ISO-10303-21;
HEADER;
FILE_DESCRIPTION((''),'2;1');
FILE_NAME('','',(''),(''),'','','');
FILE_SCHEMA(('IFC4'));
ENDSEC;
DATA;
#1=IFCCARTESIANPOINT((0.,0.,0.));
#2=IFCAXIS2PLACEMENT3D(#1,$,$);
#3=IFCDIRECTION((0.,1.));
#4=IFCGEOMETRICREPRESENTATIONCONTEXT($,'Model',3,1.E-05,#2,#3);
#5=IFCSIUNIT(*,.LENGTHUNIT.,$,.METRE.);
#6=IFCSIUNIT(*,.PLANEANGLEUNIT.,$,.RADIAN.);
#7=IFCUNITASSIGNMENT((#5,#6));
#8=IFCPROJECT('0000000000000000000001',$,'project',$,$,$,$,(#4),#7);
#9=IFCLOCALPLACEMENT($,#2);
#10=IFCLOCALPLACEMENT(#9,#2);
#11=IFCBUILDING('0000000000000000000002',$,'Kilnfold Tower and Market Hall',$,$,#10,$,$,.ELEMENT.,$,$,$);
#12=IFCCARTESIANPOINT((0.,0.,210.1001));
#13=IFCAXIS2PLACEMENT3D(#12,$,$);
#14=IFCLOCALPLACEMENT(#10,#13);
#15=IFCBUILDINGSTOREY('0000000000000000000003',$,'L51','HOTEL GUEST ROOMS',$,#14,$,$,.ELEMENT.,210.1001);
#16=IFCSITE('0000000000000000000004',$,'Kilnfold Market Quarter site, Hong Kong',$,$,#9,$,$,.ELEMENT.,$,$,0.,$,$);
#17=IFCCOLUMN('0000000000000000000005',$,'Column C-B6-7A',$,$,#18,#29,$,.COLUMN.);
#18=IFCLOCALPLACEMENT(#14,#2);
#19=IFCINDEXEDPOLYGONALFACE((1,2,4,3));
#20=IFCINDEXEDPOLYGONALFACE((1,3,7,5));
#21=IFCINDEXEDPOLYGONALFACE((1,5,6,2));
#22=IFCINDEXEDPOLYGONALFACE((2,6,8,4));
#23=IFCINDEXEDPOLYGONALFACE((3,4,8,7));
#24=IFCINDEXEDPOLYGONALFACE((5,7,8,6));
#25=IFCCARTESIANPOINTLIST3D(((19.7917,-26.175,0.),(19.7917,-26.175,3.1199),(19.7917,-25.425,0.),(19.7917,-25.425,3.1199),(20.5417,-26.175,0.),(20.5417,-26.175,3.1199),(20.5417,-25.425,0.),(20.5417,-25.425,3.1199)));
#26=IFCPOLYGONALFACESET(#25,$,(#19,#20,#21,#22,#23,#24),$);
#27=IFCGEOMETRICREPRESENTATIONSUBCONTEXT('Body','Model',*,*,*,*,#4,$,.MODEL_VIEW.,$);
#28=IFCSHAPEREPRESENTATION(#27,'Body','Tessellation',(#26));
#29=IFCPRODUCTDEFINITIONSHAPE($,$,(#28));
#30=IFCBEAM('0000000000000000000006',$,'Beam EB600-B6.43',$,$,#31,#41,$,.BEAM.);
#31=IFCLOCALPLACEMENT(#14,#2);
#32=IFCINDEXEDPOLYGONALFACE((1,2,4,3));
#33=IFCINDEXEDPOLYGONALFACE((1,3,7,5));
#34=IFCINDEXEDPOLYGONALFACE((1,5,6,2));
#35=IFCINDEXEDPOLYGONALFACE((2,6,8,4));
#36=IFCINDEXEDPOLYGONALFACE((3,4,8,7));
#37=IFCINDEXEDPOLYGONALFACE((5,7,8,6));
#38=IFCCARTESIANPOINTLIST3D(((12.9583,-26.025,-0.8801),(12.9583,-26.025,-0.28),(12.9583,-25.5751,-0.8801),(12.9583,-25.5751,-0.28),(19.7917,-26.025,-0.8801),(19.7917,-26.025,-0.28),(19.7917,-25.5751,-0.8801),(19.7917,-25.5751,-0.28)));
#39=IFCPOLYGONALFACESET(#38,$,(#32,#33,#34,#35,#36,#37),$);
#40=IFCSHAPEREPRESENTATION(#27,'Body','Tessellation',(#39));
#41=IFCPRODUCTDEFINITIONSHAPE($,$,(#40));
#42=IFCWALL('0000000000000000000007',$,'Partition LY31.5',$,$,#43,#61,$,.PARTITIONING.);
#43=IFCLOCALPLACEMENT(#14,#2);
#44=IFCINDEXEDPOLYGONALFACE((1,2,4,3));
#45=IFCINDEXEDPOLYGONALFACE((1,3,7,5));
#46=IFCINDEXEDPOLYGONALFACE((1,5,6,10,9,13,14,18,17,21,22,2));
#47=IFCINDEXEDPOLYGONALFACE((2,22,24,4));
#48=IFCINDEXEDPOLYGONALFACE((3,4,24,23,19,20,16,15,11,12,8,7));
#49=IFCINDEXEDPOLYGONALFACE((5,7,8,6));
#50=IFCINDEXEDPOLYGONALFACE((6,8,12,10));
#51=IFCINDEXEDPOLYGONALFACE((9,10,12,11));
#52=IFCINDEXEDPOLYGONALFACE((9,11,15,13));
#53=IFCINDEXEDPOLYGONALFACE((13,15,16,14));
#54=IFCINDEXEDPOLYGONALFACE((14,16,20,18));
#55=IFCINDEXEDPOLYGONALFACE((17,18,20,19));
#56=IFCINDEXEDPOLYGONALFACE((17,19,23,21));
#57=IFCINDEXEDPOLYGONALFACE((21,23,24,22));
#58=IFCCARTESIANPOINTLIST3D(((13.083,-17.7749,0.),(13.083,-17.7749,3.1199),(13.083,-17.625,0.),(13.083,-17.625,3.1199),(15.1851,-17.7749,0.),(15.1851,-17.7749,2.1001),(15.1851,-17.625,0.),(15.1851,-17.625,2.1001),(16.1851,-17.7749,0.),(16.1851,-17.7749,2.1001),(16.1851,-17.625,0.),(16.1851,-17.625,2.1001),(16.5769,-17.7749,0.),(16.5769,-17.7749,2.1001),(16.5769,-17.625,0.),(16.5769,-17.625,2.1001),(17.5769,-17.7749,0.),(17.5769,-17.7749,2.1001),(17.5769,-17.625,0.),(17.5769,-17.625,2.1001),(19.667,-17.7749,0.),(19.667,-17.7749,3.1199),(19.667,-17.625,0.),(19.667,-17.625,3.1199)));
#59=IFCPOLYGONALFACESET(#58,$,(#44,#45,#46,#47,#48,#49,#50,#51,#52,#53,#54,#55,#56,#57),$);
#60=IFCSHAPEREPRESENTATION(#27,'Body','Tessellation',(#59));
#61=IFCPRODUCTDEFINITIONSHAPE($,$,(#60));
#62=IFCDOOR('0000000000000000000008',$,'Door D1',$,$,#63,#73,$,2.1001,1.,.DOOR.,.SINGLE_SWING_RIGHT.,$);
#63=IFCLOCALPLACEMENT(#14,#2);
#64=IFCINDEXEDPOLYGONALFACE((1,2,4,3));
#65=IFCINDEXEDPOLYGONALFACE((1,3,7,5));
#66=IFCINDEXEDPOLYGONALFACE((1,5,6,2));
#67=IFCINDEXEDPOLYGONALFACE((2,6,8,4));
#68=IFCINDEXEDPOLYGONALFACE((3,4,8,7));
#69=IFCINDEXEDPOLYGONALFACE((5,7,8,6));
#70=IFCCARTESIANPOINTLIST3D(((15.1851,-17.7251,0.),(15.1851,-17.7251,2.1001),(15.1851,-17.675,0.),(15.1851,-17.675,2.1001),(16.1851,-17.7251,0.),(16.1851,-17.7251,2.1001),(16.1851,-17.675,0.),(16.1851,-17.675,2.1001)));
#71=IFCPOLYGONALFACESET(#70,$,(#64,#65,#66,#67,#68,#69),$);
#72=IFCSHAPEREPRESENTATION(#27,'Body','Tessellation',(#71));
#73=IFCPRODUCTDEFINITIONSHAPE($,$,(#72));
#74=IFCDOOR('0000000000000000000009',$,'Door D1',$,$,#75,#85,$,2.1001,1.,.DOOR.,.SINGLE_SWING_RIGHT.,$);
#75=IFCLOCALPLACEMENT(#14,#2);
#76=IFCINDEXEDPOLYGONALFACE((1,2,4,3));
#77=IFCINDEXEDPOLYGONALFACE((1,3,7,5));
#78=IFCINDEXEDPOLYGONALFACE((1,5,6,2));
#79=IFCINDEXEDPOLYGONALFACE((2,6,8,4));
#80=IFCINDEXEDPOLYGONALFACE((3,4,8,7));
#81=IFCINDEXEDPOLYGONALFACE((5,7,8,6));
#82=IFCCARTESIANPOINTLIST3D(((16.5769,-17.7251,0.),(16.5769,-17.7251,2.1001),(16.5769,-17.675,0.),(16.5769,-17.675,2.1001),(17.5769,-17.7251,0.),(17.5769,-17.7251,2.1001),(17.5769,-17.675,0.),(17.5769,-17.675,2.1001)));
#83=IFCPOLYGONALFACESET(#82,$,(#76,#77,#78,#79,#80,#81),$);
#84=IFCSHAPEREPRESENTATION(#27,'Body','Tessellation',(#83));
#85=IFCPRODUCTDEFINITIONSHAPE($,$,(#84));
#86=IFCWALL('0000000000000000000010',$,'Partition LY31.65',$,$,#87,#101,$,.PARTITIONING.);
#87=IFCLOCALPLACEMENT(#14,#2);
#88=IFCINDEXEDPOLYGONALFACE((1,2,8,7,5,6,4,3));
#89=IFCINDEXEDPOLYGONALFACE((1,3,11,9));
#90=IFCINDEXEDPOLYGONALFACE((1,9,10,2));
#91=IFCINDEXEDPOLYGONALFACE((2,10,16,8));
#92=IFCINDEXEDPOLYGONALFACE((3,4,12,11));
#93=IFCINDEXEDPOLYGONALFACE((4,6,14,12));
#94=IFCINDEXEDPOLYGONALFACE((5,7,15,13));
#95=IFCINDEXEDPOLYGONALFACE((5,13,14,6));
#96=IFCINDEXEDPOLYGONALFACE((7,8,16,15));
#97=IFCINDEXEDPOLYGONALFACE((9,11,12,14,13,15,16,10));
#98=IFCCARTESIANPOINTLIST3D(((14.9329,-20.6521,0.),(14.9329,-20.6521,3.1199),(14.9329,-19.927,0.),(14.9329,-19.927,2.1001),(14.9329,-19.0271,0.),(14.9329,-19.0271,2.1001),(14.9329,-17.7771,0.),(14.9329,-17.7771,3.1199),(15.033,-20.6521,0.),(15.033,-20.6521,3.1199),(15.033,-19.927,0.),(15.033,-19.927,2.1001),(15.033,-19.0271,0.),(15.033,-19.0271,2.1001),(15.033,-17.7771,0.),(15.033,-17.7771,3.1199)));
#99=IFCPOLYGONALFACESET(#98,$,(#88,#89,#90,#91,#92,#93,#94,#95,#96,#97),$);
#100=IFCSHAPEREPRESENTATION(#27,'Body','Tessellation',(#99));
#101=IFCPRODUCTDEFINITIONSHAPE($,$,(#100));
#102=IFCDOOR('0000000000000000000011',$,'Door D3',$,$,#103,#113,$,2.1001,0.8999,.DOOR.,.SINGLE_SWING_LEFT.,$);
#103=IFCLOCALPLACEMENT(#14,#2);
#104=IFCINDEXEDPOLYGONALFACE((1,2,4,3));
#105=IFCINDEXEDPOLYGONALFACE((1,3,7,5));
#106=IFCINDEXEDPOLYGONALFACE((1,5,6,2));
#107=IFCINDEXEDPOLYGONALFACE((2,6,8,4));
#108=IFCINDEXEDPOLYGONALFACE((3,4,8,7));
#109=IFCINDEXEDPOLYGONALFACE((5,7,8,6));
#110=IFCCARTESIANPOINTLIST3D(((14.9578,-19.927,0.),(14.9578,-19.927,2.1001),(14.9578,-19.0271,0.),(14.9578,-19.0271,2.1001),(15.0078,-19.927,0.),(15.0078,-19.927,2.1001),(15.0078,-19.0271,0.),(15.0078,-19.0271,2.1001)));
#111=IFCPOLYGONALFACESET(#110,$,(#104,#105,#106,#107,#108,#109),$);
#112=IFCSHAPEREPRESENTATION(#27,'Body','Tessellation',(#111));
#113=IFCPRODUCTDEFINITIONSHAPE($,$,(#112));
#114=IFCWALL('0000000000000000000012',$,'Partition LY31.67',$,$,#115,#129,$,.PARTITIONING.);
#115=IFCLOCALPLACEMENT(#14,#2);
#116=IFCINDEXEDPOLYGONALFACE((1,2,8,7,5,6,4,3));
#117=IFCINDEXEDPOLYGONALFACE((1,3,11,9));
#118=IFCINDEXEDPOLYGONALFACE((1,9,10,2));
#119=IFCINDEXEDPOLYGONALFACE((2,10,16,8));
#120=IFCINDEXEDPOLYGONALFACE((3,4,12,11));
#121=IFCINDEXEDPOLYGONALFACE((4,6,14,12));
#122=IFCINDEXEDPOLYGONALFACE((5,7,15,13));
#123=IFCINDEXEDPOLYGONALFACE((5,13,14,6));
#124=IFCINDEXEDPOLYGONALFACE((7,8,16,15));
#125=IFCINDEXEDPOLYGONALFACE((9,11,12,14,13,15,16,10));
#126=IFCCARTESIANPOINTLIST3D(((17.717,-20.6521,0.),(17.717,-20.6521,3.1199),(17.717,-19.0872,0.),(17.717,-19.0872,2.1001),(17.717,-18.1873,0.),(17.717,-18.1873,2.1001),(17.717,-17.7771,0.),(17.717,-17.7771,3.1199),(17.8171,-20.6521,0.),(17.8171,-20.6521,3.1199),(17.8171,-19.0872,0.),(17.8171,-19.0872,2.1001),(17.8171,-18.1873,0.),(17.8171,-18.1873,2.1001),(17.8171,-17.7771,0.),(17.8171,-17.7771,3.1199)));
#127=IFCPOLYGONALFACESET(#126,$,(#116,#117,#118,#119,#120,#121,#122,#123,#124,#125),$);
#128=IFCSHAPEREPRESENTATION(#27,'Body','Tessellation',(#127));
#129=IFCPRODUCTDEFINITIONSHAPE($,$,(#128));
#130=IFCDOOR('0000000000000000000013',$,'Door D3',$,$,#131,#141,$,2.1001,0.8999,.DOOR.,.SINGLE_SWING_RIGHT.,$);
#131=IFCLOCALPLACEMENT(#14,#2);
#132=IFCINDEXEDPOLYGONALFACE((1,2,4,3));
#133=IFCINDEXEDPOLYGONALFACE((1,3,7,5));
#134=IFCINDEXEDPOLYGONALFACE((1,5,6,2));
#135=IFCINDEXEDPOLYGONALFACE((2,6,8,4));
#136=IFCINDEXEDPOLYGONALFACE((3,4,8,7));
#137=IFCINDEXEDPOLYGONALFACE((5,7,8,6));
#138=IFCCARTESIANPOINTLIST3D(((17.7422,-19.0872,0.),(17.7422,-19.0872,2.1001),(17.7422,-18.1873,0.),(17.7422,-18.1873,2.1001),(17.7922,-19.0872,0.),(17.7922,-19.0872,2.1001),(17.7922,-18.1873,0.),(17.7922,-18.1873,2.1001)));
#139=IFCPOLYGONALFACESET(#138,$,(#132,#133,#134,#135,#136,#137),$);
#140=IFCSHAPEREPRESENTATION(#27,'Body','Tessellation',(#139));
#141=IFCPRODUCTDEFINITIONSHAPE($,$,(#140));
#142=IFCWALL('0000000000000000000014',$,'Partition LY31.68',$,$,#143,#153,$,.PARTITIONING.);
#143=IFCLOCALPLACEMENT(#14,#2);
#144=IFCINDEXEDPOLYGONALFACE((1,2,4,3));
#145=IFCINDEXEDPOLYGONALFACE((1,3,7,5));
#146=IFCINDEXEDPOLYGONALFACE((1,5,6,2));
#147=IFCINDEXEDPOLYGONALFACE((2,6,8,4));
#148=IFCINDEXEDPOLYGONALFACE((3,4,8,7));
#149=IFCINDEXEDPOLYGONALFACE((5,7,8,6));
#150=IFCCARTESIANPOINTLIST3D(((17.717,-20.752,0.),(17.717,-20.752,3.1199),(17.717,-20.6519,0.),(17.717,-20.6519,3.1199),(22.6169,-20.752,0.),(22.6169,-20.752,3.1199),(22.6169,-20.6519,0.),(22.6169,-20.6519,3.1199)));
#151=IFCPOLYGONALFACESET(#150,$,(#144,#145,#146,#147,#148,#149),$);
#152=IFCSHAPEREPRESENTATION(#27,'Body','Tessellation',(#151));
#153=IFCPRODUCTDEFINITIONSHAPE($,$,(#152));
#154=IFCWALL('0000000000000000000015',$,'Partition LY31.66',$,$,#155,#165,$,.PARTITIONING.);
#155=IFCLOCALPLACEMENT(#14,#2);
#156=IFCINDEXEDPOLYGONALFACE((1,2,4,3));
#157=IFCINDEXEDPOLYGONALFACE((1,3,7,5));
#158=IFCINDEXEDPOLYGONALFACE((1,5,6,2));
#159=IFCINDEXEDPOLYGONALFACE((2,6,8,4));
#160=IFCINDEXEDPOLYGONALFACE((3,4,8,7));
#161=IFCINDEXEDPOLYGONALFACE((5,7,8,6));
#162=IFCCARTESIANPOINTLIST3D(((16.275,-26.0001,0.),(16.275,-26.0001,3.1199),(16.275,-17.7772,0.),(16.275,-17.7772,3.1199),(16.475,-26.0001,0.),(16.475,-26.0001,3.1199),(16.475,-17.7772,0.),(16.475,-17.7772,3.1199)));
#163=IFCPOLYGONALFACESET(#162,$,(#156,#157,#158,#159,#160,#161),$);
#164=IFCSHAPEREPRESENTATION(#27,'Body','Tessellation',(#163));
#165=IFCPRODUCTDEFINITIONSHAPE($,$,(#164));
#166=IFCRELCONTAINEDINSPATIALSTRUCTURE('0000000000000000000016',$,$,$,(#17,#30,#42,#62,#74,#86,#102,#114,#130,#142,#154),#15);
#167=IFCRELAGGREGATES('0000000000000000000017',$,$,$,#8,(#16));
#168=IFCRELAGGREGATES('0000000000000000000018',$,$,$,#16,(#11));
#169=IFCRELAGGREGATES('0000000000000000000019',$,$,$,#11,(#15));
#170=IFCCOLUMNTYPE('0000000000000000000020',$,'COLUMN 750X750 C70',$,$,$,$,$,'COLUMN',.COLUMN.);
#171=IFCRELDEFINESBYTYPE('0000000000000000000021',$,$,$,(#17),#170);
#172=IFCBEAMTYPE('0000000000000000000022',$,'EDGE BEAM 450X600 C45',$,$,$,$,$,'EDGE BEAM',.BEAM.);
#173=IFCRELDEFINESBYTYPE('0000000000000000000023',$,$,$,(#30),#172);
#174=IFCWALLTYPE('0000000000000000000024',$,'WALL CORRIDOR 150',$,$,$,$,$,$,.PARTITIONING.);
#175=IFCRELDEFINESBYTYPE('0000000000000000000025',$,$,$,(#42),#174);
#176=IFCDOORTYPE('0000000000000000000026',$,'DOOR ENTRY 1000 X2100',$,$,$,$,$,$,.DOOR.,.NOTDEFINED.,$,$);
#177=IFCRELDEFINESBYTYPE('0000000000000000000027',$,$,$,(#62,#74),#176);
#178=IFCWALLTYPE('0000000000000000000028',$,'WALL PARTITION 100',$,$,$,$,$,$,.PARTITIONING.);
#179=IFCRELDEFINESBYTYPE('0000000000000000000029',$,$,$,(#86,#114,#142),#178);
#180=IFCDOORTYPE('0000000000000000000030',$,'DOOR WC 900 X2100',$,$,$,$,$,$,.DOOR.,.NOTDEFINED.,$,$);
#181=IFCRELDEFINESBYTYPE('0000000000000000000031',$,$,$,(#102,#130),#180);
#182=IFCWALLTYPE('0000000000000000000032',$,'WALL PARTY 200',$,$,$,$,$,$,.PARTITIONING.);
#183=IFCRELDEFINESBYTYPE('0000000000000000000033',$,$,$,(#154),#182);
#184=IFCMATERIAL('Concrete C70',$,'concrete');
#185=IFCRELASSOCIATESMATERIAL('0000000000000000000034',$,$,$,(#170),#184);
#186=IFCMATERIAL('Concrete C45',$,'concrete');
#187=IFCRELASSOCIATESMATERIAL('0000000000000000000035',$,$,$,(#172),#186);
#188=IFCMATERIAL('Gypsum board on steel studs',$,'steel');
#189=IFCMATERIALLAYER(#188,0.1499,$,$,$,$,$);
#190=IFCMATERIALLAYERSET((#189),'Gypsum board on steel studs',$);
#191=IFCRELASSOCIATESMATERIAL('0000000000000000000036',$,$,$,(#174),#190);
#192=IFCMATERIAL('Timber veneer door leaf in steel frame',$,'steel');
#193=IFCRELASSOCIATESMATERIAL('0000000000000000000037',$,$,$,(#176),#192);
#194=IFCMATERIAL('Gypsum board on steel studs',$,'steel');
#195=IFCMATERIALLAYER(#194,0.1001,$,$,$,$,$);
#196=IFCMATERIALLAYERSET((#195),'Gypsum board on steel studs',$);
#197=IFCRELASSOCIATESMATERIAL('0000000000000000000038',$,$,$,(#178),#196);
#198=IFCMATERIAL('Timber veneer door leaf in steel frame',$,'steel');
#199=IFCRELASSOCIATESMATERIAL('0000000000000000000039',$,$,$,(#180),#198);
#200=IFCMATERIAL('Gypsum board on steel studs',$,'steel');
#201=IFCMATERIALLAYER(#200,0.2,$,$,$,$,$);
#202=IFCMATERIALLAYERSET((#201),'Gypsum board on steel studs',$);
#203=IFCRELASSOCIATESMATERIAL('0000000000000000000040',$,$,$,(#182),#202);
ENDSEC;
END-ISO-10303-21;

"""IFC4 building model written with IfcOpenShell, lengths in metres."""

from ifc_helpers import new_model, si_unit, direction, frame, frame_2d, origin, origin_2d, place, context, subcontext, project, spatial, rectangle, extrude, source, transform, mapped, material, layer, layer_set, material_profile, profile_set, type_object, element, fill, save


model = new_model("IFC4")

# Units and contexts
model_context = context("Model", 3, precision=1e-05, world=origin(), true_north=direction((0.0, 1.0)))
body_context = subcontext(model_context, "Body", "Model", "MODEL_VIEW")
ifc_project = project(units=[si_unit("LENGTHUNIT", "METRE"), si_unit("PLANEANGLEUNIT", "RADIAN")], contexts=[model_context])

# Site, building, storey
site_placement = place(None, origin())
site = spatial("IfcSite", under=ifc_project, at=site_placement, Name="Kilnfold Market Quarter site, Hong Kong", CompositionType="ELEMENT", RefElevation=0.0)
building_placement = place(site_placement, origin())
building = spatial("IfcBuilding", under=site, at=building_placement, Name="Kilnfold Tower and Market Hall", CompositionType="ELEMENT")
storey_placement = place(building_placement, frame((0.0, 0.0, 210.1001)))
storey = spatial("IfcBuildingStorey", under=building, at=storey_placement, Name="L51", Description="HOTEL GUEST ROOMS", CompositionType="ELEMENT", Elevation=210.1001)

# Column
ifc_material_1 = material(Name="Concrete C70", Category="concrete")
ifc_material_profile_1 = material_profile(ifc_material_1, rectangle(XDim=0.75, YDim=0.75, at=origin_2d()), Name="RC 750x750")
ifc_profile_set_1 = profile_set([ifc_material_profile_1], Name="Concrete C70")
column_type = type_object("IfcColumnType", Name="COLUMN 750X750 C70", ElementType="COLUMN", PredefinedType="COLUMN", material=ifc_profile_set_1)
shared_shape_1 = source(origin(), body_context, "Body", "SweptSolid", [
    extrude(rectangle(XDim=0.75, YDim=0.75, at=origin_2d()), origin(), (0.0, 0.0, 1.0), 3.1199),
])
column_placement = place(storey_placement, frame((20.1667, -25.8, 0.0), z_axis=(0.0, 0.0, 1.0), x_axis=(1.0, 0.0, 0.0)))
element("IfcColumn", 1, at=column_placement, inside=storey, type_object=column_type, Name="Column C-B6-7A", PredefinedType="COLUMN", context=body_context, shape_type="MappedRepresentation", body=[
    mapped(shared_shape_1, transform((0.0, 0.0, 0.0))),
])

# Beam
ifc_material_2 = material(Name="Concrete C45", Category="concrete")
ifc_material_profile_2 = material_profile(ifc_material_2, rectangle(XDim=0.45, YDim=0.6001, at=origin_2d()), Name="RC 450x600")
ifc_profile_set_2 = profile_set([ifc_material_profile_2], Name="Concrete C45")
beam_type = type_object("IfcBeamType", Name="EDGE BEAM 450X600 C45", ElementType="EDGE BEAM", PredefinedType="BEAM", material=ifc_profile_set_2)
shared_shape_2 = source(origin(), body_context, "Body", "SweptSolid", [
    extrude(rectangle(XDim=0.45, YDim=0.6001, at=origin_2d()), origin(), (0.0, 0.0, 1.0), 6.8335),
])
beam_placement = place(storey_placement, frame((12.9583, -25.8, -0.5801), z_axis=(1.0, 0.0, 0.0), x_axis=(0.0, 1.0, 0.0)))
element("IfcBeam", 2, at=beam_placement, inside=storey, type_object=beam_type, Name="Beam EB600-B6.43", PredefinedType="BEAM", context=body_context, shape_type="MappedRepresentation", body=[
    mapped(shared_shape_2, transform((0.0, 0.0, 0.0))),
])

# Wall, openings, doors
ifc_material_3 = material(Name="Gypsum board on steel studs", Category="steel")
ifc_layer_1 = layer(ifc_material_3, 0.1499)
ifc_layer_set_1 = layer_set([ifc_layer_1], Name="Gypsum board on steel studs")
wall_type_1 = type_object("IfcWallType", Name="WALL CORRIDOR 150", PredefinedType="PARTITIONING", material=ifc_layer_set_1)
wall_1_placement = place(storey_placement, frame((13.083, -17.7, 0.0), z_axis=(0.0, 0.0, 1.0), x_axis=(1.0, 0.0, 0.0)))
wall_1 = element("IfcWall", 3, at=wall_1_placement, inside=storey, type_object=wall_type_1, Name="Partition LY31.5", PredefinedType="PARTITIONING", context=body_context, shape_type="SweptSolid", body=[
    extrude(rectangle(XDim=6.584, YDim=0.1499, at=frame_2d((3.292, 0.0))), origin(), (0.0, 0.0, 1.0), 3.1199),
])
opening_1_placement = place(wall_1_placement, frame((2.1021, 0.0, 0.0)))
opening_1 = element("IfcOpeningElement", 4, at=opening_1_placement, cuts=wall_1, PredefinedType="OPENING", context=body_context, shape_type="SweptSolid", body=[
    extrude(rectangle(XDim=1.0, YDim=2.1001, at=frame_2d((0.5, 1.05))), frame((0.0, 0.085, 0.0), z_axis=(0.0, -1.0, 0.0), x_axis=(1.0, 0.0, 0.0)), (0.0, 0.0, 1.0), 0.1699),
])
opening_2_placement = place(wall_1_placement, frame((3.4939, 0.0, 0.0)))
opening_2 = element("IfcOpeningElement", 5, at=opening_2_placement, cuts=wall_1, PredefinedType="OPENING", context=body_context, shape_type="SweptSolid", body=[
    extrude(rectangle(XDim=1.0, YDim=2.1001, at=frame_2d((0.5, 1.05))), frame((0.0, 0.085, 0.0), z_axis=(0.0, -1.0, 0.0), x_axis=(1.0, 0.0, 0.0)), (0.0, 0.0, 1.0), 0.1699),
])
ifc_material_4 = material(Name="Timber veneer door leaf in steel frame", Category="steel")
door_type_1 = type_object("IfcDoorType", Name="DOOR ENTRY 1000 X2100", OperationType="NOTDEFINED", PredefinedType="DOOR", material=ifc_material_4)
door_1_placement = place(opening_1_placement, origin())
door_1 = element("IfcDoor", 6, at=door_1_placement, inside=storey, type_object=door_type_1, Name="Door D1", OperationType="SINGLE_SWING_RIGHT", OverallHeight=2.1001, OverallWidth=1.0, PredefinedType="DOOR", context=body_context, shape_type="SweptSolid", body=[
    extrude(rectangle(XDim=1.0, YDim=2.1001, at=frame_2d((0.5, 1.05))), frame((0.0, 0.0249, 0.0), z_axis=(0.0, -1.0, 0.0), x_axis=(1.0, 0.0, 0.0)), (0.0, 0.0, 1.0), 0.05),
])
fill(opening_1, door_1)
door_2_placement = place(opening_2_placement, origin())
door_2 = element("IfcDoor", 7, at=door_2_placement, inside=storey, type_object=door_type_1, Name="Door D1", OperationType="SINGLE_SWING_RIGHT", OverallHeight=2.1001, OverallWidth=1.0, PredefinedType="DOOR", context=body_context, shape_type="SweptSolid", body=[
    extrude(rectangle(XDim=1.0, YDim=2.1001, at=frame_2d((0.5, 1.05))), frame((0.0, 0.0249, 0.0), z_axis=(0.0, -1.0, 0.0), x_axis=(1.0, 0.0, 0.0)), (0.0, 0.0, 1.0), 0.05),
])
fill(opening_2, door_2)

# Walls, openings, doors
ifc_material_5 = material(Name="Gypsum board on steel studs", Category="steel")
ifc_layer_2 = layer(ifc_material_5, 0.1001)
ifc_layer_set_2 = layer_set([ifc_layer_2], Name="Gypsum board on steel studs")
wall_type_2 = type_object("IfcWallType", Name="WALL PARTITION 100", PredefinedType="PARTITIONING", material=ifc_layer_set_2)
wall_2_placement = place(storey_placement, frame((14.9829, -17.7771, 0.0), z_axis=(0.0, 0.0, 1.0), x_axis=(0.0, -1.0, 0.0)))
wall_2 = element("IfcWall", 8, at=wall_2_placement, inside=storey, type_object=wall_type_2, Name="Partition LY31.65", PredefinedType="PARTITIONING", context=body_context, shape_type="SweptSolid", body=[
    extrude(rectangle(XDim=2.875, YDim=0.1001, at=frame_2d((1.4375, 0.0))), origin(), (0.0, 0.0, 1.0), 3.1199),
])
opening_3_placement = place(wall_2_placement, frame((1.25, 0.0, 0.0)))
opening_3 = element("IfcOpeningElement", 9, at=opening_3_placement, cuts=wall_2, PredefinedType="OPENING", context=body_context, shape_type="SweptSolid", body=[
    extrude(rectangle(XDim=0.8999, YDim=2.1001, at=frame_2d((0.45, 1.05))), frame((0.0, 0.0601, 0.0), z_axis=(0.0, -1.0, 0.0), x_axis=(1.0, 0.0, 0.0)), (0.0, 0.0, 1.0), 0.1201),
])
ifc_material_6 = material(Name="Timber veneer door leaf in steel frame", Category="steel")
door_type_2 = type_object("IfcDoorType", Name="DOOR WC 900 X2100", OperationType="NOTDEFINED", PredefinedType="DOOR", material=ifc_material_6)
door_3_placement = place(opening_3_placement, origin())
door_3 = element("IfcDoor", 10, at=door_3_placement, inside=storey, type_object=door_type_2, Name="Door D3", OperationType="SINGLE_SWING_LEFT", OverallHeight=2.1001, OverallWidth=0.8999, PredefinedType="DOOR", context=body_context, shape_type="SweptSolid", body=[
    extrude(rectangle(XDim=0.8999, YDim=2.1001, at=frame_2d((0.45, 1.05))), frame((0.0, 0.0249, 0.0), z_axis=(0.0, -1.0, 0.0), x_axis=(1.0, 0.0, 0.0)), (0.0, 0.0, 1.0), 0.05),
])
fill(opening_3, door_3)
wall_3_placement = place(storey_placement, frame((17.7671, -20.6521, 0.0), z_axis=(0.0, 0.0, 1.0), x_axis=(0.0, 1.0, 0.0)))
wall_3 = element("IfcWall", 11, at=wall_3_placement, inside=storey, type_object=wall_type_2, Name="Partition LY31.67", PredefinedType="PARTITIONING", context=body_context, shape_type="SweptSolid", body=[
    extrude(rectangle(XDim=2.875, YDim=0.1001, at=frame_2d((1.4375, 0.0))), origin(), (0.0, 0.0, 1.0), 3.1199),
])
opening_4_placement = place(wall_3_placement, frame((1.5649, 0.0, 0.0)))
opening_4 = element("IfcOpeningElement", 12, at=opening_4_placement, cuts=wall_3, PredefinedType="OPENING", context=body_context, shape_type="SweptSolid", body=[
    extrude(rectangle(XDim=0.8999, YDim=2.1001, at=frame_2d((0.45, 1.05))), frame((0.0, 0.0601, 0.0), z_axis=(0.0, -1.0, 0.0), x_axis=(1.0, 0.0, 0.0)), (0.0, 0.0, 1.0), 0.1201),
])
door_4_placement = place(opening_4_placement, origin())
door_4 = element("IfcDoor", 13, at=door_4_placement, inside=storey, type_object=door_type_2, Name="Door D3", OperationType="SINGLE_SWING_RIGHT", OverallHeight=2.1001, OverallWidth=0.8999, PredefinedType="DOOR", context=body_context, shape_type="SweptSolid", body=[
    extrude(rectangle(XDim=0.8999, YDim=2.1001, at=frame_2d((0.45, 1.05))), frame((0.0, 0.0249, 0.0), z_axis=(0.0, -1.0, 0.0), x_axis=(1.0, 0.0, 0.0)), (0.0, 0.0, 1.0), 0.05),
])
fill(opening_4, door_4)

# Walls
wall_4_placement = place(storey_placement, frame((17.717, -20.7019, 0.0), z_axis=(0.0, 0.0, 1.0), x_axis=(1.0, 0.0, 0.0)))
element("IfcWall", 14, at=wall_4_placement, inside=storey, type_object=wall_type_2, Name="Partition LY31.68", PredefinedType="PARTITIONING", context=body_context, shape_type="SweptSolid", body=[
    extrude(rectangle(XDim=4.8999, YDim=0.1001, at=frame_2d((2.45, 0.0))), origin(), (0.0, 0.0, 1.0), 3.1199),
])
ifc_material_7 = material(Name="Gypsum board on steel studs", Category="steel")
ifc_layer_3 = layer(ifc_material_7, 0.2)
ifc_layer_set_3 = layer_set([ifc_layer_3], Name="Gypsum board on steel studs")
wall_type_3 = type_object("IfcWallType", Name="WALL PARTY 200", PredefinedType="PARTITIONING", material=ifc_layer_set_3)
wall_5_placement = place(storey_placement, frame((16.375, -26.0, 0.0), z_axis=(0.0, 0.0, 1.0), x_axis=(0.0, 1.0, 0.0)))
element("IfcWall", 15, at=wall_5_placement, inside=storey, type_object=wall_type_3, Name="Partition LY31.66", PredefinedType="PARTITIONING", context=body_context, shape_type="SweptSolid", body=[
    extrude(rectangle(XDim=8.2229, YDim=0.2, at=frame_2d((4.1113, 0.0))), origin(), (0.0, 0.0, 1.0), 3.1199),
])

save(model, "model.ifc")
